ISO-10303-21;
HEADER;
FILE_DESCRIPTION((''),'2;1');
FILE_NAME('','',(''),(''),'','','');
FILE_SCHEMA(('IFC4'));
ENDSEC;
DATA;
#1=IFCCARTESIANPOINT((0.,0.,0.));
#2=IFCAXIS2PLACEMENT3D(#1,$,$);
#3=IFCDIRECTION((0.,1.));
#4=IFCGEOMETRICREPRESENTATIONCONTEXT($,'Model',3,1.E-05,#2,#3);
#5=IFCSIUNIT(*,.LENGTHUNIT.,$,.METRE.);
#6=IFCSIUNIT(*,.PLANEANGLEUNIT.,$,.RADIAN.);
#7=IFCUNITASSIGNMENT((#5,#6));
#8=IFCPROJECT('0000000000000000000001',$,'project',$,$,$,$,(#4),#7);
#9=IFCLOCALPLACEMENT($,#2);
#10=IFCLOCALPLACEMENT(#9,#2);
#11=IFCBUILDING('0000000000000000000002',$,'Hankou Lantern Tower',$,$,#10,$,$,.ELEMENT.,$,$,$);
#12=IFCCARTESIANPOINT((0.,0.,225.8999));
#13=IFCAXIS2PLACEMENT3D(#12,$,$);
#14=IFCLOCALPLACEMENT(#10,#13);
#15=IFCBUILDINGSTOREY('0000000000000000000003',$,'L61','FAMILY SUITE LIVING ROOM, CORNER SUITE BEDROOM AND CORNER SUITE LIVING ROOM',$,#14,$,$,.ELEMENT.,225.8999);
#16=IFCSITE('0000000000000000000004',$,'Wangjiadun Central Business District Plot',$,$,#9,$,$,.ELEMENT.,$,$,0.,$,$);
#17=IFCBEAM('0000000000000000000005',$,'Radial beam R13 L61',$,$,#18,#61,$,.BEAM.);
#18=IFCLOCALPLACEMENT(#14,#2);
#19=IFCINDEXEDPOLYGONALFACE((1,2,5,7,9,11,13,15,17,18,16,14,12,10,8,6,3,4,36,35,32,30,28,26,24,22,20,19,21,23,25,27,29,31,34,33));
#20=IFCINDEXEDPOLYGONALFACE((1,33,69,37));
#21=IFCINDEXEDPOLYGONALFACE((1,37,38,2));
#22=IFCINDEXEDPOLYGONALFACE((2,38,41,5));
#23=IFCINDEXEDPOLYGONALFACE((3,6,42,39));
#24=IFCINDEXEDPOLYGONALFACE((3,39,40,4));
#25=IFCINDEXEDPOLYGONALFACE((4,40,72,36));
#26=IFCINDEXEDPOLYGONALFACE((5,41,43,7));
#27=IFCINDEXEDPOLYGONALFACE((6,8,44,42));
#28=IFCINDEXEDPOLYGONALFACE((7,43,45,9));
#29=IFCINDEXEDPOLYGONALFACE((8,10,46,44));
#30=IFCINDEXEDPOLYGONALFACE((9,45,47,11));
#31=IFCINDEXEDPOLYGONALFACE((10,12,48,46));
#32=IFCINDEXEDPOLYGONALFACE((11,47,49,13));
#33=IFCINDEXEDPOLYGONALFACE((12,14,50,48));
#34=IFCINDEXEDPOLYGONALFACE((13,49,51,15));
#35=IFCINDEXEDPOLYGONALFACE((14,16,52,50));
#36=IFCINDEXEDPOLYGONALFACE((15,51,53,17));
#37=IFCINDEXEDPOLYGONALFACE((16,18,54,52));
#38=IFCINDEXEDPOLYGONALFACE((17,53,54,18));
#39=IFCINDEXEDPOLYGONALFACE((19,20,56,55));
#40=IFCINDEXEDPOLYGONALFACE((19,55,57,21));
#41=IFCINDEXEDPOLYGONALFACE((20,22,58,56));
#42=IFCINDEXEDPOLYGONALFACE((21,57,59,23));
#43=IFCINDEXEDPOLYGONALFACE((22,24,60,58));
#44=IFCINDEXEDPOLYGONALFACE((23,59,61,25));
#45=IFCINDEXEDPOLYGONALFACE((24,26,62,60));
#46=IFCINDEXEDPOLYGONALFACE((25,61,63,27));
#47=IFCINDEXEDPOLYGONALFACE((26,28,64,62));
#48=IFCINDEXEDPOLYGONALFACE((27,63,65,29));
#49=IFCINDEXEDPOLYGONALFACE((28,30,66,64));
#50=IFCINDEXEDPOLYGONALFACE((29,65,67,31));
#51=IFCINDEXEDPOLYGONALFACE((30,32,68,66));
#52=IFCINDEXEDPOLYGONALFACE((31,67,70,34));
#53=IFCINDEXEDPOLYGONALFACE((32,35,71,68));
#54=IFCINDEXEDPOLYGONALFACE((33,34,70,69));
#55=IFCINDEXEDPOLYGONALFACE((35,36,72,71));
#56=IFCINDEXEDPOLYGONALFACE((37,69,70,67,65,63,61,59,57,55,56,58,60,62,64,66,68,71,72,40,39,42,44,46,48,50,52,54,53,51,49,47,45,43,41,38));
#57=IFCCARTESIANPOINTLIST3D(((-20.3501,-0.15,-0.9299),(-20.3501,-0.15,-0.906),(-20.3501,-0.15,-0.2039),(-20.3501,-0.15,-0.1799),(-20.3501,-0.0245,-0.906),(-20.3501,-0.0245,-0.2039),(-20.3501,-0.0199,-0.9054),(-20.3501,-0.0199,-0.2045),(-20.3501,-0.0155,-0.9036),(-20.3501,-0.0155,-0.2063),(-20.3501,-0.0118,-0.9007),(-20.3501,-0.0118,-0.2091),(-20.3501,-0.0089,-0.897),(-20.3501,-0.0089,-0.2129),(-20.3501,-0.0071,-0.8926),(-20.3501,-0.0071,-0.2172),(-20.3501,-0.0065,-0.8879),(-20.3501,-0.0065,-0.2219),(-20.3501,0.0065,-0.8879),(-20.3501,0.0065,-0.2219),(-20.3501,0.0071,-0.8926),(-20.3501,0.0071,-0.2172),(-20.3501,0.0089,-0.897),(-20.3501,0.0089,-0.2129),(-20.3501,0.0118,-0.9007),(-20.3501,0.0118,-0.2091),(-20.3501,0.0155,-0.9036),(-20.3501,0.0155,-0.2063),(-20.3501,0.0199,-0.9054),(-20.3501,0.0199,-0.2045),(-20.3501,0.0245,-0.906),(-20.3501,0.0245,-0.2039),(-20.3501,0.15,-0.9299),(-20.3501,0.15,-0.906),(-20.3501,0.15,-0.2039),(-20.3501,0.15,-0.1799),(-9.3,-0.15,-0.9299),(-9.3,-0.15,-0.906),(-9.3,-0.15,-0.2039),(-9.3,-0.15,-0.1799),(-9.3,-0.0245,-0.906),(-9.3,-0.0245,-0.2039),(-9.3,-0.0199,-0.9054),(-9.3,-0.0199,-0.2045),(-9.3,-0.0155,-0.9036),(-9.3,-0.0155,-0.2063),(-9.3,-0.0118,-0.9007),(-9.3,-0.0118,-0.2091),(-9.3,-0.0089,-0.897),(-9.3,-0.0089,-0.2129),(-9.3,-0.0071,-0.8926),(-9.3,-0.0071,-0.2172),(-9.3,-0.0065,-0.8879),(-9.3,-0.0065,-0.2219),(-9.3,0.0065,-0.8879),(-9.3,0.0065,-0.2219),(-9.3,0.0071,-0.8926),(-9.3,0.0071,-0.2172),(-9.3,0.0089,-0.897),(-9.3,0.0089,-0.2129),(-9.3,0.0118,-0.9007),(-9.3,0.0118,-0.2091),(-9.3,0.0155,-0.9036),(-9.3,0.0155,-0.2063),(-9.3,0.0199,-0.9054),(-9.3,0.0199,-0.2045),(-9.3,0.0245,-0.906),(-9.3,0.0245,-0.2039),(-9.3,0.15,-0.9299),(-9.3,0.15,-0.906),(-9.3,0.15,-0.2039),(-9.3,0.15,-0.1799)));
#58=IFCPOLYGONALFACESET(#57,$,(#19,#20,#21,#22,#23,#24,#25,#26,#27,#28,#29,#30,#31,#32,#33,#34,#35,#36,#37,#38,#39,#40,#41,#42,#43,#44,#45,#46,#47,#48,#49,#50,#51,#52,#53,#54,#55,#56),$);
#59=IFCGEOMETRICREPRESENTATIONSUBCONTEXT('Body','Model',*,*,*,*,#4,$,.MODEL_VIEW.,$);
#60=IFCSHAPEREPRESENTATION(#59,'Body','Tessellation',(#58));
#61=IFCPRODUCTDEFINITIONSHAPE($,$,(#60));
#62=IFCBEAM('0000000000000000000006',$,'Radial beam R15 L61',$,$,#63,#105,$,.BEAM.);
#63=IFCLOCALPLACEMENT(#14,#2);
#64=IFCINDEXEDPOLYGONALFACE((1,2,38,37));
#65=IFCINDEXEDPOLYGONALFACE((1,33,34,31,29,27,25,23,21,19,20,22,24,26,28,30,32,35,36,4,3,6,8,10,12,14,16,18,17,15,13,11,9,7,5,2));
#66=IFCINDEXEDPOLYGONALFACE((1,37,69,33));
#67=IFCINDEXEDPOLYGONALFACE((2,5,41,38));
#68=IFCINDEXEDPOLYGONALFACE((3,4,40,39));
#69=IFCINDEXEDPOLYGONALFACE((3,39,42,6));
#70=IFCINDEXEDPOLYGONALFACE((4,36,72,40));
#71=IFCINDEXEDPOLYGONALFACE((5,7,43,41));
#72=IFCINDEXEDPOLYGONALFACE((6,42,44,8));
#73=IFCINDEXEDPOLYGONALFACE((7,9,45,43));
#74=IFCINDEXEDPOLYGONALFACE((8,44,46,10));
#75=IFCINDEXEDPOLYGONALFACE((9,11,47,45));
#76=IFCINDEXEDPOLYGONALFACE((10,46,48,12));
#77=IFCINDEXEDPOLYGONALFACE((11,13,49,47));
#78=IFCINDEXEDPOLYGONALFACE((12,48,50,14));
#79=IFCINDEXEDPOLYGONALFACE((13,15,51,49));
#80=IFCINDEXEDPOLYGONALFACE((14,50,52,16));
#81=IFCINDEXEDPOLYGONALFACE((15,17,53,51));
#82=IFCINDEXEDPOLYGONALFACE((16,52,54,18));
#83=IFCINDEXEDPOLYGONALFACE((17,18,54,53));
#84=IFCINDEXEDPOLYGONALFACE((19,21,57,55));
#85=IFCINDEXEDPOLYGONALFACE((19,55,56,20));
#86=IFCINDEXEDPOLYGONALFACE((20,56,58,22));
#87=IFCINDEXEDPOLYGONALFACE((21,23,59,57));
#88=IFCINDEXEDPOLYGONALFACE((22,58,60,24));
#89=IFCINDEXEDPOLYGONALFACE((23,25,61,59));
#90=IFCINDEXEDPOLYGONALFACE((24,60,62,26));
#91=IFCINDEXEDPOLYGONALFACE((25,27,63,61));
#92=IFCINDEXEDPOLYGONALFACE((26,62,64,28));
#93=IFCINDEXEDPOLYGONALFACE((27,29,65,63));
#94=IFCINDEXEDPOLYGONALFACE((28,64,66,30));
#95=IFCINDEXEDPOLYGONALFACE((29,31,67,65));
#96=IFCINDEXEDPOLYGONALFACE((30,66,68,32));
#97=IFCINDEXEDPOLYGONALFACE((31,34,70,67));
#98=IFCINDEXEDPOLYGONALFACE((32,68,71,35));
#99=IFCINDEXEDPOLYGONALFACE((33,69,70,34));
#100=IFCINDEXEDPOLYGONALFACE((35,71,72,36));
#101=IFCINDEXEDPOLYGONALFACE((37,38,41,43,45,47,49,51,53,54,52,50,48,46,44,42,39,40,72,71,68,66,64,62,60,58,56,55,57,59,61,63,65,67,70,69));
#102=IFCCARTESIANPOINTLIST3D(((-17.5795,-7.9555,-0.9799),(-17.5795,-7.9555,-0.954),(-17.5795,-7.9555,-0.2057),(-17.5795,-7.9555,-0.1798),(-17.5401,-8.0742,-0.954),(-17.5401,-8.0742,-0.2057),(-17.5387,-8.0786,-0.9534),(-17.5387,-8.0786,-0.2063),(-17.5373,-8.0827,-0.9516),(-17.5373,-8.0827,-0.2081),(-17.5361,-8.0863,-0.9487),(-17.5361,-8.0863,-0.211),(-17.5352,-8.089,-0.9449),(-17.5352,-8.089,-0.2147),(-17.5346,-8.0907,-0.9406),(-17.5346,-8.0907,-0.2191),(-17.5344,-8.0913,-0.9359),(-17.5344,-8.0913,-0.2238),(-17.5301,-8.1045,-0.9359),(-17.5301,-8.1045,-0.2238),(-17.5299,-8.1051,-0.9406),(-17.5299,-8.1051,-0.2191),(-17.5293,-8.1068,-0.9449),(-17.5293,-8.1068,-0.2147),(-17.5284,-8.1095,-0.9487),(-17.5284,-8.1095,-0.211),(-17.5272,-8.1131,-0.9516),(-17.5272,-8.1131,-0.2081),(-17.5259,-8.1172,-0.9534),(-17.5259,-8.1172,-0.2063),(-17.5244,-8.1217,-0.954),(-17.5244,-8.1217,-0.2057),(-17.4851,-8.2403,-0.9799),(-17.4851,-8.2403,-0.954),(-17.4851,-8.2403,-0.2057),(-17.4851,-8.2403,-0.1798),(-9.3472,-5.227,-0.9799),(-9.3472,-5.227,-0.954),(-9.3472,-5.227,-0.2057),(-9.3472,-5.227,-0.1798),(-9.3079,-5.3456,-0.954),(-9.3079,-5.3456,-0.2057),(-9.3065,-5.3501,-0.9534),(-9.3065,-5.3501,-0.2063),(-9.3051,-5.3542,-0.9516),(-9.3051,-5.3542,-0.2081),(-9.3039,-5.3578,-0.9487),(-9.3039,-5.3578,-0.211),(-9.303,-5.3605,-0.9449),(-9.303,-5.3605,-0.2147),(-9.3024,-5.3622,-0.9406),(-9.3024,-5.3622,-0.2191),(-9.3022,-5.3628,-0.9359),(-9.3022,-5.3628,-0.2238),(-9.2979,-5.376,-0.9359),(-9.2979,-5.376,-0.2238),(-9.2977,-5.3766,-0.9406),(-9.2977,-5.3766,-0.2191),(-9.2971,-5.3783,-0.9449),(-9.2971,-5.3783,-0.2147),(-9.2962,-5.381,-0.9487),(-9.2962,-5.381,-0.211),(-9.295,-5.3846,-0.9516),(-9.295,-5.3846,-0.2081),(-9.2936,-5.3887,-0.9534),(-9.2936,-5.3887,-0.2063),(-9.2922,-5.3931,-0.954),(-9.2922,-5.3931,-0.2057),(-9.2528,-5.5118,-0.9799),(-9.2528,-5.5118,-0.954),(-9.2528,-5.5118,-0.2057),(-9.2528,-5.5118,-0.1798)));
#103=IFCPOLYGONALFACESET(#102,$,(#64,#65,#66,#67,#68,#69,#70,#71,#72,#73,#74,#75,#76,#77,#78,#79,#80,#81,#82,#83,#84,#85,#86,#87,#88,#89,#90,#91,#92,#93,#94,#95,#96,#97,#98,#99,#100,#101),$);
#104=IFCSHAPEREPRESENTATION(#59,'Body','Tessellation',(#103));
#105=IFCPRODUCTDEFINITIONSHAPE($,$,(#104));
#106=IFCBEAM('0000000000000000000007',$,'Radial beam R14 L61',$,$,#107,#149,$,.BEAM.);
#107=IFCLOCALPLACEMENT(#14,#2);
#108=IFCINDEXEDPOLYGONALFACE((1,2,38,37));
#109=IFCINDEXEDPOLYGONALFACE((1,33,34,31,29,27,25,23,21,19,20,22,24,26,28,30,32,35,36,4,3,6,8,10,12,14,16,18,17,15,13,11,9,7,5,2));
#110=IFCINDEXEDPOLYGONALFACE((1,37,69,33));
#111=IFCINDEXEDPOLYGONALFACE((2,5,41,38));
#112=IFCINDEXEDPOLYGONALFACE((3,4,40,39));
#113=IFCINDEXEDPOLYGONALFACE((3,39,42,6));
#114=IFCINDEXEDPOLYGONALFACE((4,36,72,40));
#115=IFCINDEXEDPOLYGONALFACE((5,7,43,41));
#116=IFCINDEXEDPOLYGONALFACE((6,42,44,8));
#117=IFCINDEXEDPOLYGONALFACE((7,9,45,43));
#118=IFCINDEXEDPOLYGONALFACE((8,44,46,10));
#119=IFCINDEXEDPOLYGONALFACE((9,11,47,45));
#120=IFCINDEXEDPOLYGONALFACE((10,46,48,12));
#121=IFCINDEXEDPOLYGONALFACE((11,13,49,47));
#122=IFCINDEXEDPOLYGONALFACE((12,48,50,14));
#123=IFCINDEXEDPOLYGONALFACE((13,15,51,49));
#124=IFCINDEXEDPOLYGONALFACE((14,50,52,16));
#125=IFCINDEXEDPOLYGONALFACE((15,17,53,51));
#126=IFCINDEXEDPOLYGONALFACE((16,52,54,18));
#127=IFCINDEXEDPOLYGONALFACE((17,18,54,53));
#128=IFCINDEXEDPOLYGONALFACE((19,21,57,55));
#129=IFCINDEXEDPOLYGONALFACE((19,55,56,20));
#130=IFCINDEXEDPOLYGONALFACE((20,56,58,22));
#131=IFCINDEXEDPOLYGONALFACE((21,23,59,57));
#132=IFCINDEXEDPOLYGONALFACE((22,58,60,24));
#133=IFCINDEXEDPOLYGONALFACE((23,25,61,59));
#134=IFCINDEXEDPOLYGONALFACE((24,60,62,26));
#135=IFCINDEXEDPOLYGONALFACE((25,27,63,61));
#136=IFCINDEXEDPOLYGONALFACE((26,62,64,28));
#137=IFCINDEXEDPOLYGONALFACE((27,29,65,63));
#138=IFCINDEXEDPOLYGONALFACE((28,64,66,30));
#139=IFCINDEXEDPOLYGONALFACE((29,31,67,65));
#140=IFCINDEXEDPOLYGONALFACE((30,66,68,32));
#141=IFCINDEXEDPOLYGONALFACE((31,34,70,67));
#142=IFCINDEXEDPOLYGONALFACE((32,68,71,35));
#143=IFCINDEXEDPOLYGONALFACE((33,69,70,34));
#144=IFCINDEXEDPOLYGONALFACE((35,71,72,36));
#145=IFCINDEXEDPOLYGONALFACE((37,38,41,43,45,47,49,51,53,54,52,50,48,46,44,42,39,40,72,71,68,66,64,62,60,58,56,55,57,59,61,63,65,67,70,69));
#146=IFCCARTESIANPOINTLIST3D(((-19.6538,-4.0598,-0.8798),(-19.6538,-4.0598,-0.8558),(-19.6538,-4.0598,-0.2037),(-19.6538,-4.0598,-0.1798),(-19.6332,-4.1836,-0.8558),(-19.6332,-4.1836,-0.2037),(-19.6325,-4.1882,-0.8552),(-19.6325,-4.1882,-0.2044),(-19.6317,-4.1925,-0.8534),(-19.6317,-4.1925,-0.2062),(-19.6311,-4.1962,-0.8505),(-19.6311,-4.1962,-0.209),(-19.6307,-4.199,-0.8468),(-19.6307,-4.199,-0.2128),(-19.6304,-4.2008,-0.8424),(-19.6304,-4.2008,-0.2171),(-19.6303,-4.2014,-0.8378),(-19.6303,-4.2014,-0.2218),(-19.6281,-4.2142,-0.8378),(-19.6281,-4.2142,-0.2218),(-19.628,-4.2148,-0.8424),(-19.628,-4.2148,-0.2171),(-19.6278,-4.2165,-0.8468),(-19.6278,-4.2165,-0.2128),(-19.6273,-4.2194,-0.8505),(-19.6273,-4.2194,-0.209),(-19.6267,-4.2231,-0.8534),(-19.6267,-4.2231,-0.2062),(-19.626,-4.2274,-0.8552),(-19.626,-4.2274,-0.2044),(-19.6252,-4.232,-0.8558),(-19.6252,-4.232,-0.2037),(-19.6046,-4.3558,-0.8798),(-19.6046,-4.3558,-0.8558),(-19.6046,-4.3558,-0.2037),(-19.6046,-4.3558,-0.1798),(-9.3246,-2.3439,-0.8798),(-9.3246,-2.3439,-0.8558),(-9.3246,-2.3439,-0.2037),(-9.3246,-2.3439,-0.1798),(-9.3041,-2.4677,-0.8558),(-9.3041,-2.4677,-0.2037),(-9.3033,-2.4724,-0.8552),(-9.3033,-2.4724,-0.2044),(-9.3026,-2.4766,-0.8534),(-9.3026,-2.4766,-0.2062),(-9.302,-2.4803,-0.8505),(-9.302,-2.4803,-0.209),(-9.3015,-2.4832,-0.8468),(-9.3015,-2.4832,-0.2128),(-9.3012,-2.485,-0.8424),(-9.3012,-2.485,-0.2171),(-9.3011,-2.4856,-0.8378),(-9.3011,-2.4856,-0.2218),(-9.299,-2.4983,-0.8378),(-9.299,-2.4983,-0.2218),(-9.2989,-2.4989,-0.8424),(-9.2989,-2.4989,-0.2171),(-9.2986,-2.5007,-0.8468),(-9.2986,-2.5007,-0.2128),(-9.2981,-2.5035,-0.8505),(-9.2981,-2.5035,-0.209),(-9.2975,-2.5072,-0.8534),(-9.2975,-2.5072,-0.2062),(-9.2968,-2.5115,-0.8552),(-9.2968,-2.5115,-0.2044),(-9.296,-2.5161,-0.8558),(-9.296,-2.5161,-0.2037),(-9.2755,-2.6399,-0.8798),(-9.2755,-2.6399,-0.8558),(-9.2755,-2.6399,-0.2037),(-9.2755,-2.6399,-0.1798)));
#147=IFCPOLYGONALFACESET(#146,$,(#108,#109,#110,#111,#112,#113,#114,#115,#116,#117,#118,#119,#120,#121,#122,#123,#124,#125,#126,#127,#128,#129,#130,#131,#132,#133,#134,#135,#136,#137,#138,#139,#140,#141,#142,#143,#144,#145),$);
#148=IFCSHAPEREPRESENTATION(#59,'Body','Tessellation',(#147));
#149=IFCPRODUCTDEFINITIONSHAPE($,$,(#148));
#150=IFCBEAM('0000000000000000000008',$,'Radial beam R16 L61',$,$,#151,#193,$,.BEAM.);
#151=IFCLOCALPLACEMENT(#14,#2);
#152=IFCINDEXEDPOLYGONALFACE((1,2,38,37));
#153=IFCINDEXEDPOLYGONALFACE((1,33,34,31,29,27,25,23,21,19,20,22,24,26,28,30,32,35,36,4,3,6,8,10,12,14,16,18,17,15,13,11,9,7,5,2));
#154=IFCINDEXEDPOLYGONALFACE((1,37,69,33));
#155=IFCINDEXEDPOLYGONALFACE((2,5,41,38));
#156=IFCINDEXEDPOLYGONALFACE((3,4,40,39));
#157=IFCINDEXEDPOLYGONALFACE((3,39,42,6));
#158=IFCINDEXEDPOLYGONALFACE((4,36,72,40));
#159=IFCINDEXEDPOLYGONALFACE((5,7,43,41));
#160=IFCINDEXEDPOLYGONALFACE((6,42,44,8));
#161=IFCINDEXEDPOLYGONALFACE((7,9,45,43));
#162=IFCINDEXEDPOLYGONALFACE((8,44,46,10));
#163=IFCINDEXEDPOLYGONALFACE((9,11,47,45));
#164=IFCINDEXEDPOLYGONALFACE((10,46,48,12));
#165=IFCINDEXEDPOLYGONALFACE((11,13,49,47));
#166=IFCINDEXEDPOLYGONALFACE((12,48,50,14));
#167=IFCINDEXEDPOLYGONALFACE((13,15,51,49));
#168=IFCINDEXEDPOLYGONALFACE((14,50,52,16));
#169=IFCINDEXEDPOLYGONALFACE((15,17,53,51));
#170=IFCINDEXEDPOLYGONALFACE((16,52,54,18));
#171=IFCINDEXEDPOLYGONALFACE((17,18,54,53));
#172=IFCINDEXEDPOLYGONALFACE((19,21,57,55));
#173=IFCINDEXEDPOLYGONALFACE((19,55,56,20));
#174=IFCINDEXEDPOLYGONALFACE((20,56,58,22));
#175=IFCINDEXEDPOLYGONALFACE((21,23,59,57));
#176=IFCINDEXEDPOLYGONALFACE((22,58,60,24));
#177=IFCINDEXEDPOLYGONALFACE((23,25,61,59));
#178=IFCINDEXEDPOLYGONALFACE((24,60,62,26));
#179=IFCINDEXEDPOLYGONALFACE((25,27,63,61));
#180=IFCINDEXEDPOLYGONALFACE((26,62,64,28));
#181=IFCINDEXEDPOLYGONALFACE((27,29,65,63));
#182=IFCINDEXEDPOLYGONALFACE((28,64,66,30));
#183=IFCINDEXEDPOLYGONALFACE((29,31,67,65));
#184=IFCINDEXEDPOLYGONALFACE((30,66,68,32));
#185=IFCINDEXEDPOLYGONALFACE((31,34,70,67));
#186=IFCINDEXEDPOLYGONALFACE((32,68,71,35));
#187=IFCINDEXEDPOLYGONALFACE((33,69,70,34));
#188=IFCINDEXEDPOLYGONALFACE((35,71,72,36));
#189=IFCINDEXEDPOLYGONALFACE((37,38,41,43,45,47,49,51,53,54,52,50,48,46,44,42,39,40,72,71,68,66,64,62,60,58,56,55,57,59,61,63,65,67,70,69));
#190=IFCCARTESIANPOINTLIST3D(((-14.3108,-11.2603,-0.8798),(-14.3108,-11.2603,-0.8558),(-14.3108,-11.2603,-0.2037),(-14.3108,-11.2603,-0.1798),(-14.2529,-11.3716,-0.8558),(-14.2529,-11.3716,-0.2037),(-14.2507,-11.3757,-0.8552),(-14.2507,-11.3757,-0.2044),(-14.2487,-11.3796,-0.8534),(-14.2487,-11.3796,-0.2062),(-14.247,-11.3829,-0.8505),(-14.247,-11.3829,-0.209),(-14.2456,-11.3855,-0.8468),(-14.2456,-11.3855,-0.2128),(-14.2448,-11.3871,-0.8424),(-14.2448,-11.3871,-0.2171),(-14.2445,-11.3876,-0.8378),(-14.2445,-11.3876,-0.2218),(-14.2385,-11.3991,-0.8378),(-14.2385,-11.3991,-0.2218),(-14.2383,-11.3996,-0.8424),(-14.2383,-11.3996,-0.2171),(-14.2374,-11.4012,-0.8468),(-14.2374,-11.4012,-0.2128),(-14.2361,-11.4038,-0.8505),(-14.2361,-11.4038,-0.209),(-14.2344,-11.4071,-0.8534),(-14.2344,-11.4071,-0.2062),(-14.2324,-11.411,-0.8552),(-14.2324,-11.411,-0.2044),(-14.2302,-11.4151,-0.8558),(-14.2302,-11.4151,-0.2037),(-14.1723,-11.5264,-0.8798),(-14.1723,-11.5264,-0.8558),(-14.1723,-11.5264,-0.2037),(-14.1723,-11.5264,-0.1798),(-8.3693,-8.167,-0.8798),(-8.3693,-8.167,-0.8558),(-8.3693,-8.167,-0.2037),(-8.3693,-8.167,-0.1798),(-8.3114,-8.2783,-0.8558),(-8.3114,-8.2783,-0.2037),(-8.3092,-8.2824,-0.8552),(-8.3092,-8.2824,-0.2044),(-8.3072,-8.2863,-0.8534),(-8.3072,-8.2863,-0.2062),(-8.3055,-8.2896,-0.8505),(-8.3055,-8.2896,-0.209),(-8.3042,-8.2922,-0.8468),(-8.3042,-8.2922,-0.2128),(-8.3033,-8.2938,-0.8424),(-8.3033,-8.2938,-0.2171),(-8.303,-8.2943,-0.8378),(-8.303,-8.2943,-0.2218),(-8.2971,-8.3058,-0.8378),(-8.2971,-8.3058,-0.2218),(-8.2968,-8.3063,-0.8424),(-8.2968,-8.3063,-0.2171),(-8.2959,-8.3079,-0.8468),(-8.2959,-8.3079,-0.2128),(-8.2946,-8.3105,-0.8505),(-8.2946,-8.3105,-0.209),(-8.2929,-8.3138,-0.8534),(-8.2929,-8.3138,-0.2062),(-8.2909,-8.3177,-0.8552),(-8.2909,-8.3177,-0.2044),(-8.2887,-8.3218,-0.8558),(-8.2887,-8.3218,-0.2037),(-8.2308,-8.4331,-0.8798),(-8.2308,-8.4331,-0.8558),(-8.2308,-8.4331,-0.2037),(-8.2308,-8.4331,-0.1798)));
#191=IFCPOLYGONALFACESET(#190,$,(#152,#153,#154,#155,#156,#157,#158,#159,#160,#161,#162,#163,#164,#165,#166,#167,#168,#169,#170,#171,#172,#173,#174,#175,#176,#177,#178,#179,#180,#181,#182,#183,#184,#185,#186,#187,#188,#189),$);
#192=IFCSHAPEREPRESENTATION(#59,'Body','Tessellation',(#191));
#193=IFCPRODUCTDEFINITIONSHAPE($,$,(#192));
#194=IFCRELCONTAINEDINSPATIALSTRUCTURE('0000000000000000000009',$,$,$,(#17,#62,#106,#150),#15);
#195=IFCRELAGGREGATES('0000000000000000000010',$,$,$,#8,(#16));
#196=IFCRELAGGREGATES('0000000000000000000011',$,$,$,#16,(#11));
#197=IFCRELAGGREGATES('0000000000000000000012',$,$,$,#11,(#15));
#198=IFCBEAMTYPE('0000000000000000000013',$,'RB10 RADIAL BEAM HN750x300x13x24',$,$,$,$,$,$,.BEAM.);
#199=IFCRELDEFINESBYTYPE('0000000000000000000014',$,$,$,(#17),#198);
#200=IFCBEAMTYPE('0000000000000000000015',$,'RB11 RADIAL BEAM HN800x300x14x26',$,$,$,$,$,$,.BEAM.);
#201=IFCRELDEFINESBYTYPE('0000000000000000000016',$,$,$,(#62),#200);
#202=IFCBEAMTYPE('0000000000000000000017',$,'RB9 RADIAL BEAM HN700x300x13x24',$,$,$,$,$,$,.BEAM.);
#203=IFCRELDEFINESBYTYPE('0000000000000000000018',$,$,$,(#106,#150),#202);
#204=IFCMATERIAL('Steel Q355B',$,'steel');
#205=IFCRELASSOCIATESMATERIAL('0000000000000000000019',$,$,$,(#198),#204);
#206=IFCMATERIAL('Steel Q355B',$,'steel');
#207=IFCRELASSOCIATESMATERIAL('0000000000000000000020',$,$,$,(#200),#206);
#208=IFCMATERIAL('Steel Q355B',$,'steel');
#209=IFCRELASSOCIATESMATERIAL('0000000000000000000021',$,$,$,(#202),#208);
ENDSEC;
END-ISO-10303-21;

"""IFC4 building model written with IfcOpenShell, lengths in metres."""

from ifc_helpers import new_model, si_unit, direction, frame, origin, origin_2d, place, context, subcontext, project, spatial, i_section, extrude, material, material_profile, profile_set, type_object, element, save


model = new_model("IFC4")

# Units and contexts
model_context = context("Model", 3, precision=1e-05, world=origin(), true_north=direction((0.0, 1.0)))
body_context = subcontext(model_context, "Body", "Model", "MODEL_VIEW")
ifc_project = project(units=[si_unit("LENGTHUNIT", "METRE"), si_unit("PLANEANGLEUNIT", "RADIAN")], contexts=[model_context])

# Site, building, storey
site_placement = place(None, origin())
site = spatial("IfcSite", under=ifc_project, at=site_placement, Name="Wangjiadun Central Business District Plot", CompositionType="ELEMENT", RefElevation=0.0)
building_placement = place(site_placement, origin())
building = spatial("IfcBuilding", under=site, at=building_placement, Name="Hankou Lantern Tower", CompositionType="ELEMENT")
storey_placement = place(building_placement, frame((0.0, 0.0, 225.8999)))
storey = spatial("IfcBuildingStorey", under=building, at=storey_placement, Name="L61", Description="FAMILY SUITE LIVING ROOM, CORNER SUITE BEDROOM AND CORNER SUITE LIVING ROOM", CompositionType="ELEMENT", Elevation=225.8999)

# Beams
ifc_material_1 = material(Name="Steel Q355B", Category="steel")
ifc_material_profile_1 = material_profile(ifc_material_1, i_section(OverallWidth=0.3, OverallDepth=0.75, WebThickness=0.0129, FlangeThickness=0.0239, FilletRadius=0.0181, at=origin_2d()), Name="HN750x300x13x24")
ifc_profile_set_1 = profile_set([ifc_material_profile_1], Name="Steel Q355B")
beam_type_1 = type_object("IfcBeamType", Name="RB10 RADIAL BEAM HN750x300x13x24", PredefinedType="BEAM", material=ifc_profile_set_1)
beam_1_placement = place(storey_placement, frame((-9.3, 0.0, -0.5549), z_axis=(-1.0, 0.0, 0.0), x_axis=(0.0, -1.0, 0.0)))
element("IfcBeam", 1, at=beam_1_placement, inside=storey, type_object=beam_type_1, Name="Radial beam R13 L61", PredefinedType="BEAM", context=body_context, shape_type="SweptSolid", body=[
    extrude(i_section(OverallWidth=0.3, OverallDepth=0.75, WebThickness=0.0129, FlangeThickness=0.0239, FilletRadius=0.0181, at=origin_2d()), origin(), (0.0, 0.0, 1.0), 11.05),
])
ifc_material_2 = material(Name="Steel Q355B", Category="steel")
ifc_material_profile_2 = material_profile(ifc_material_2, i_section(OverallWidth=0.3, OverallDepth=0.8, WebThickness=0.0139, FlangeThickness=0.0259, FilletRadius=0.0181, at=origin_2d()), Name="HN800x300x14x26")
ifc_profile_set_2 = profile_set([ifc_material_profile_2], Name="Steel Q355B")
beam_type_2 = type_object("IfcBeamType", Name="RB11 RADIAL BEAM HN800x300x14x26", PredefinedType="BEAM", material=ifc_profile_set_2)
beam_2_placement = place(storey_placement, frame((-9.3, -5.3694, -0.5798), z_axis=(-0.94922, -0.314614, 0.0), x_axis=(0.314614, -0.94922, 0.0)))
element("IfcBeam", 2, at=beam_2_placement, inside=storey, type_object=beam_type_2, Name="Radial beam R15 L61", PredefinedType="BEAM", context=body_context, shape_type="SweptSolid", body=[
    extrude(i_section(OverallWidth=0.3, OverallDepth=0.8, WebThickness=0.0139, FlangeThickness=0.0259, FilletRadius=0.0181, at=origin_2d()), origin(), (0.0, 0.0, 1.0), 8.6726),
])
ifc_material_3 = material(Name="Steel Q355B", Category="steel")
ifc_material_profile_3 = material_profile(ifc_material_3, i_section(OverallWidth=0.3, OverallDepth=0.7, WebThickness=0.0129, FlangeThickness=0.0239, FilletRadius=0.0181, at=origin_2d()), Name="HN700x300x13x24")
ifc_profile_set_3 = profile_set([ifc_material_profile_3], Name="Steel Q355B")
beam_type_3 = type_object("IfcBeamType", Name="RB9 RADIAL BEAM HN700x300x13x24", PredefinedType="BEAM", material=ifc_profile_set_3)
beam_3_placement = place(storey_placement, frame((-9.3, -2.4919, -0.5298), z_axis=(-0.986482, -0.16387, 0.0), x_axis=(0.16387, -0.986482, 0.0)))
element("IfcBeam", 3, at=beam_3_placement, inside=storey, type_object=beam_type_3, Name="Radial beam R14 L61", PredefinedType="BEAM", context=body_context, shape_type="SweptSolid", body=[
    extrude(i_section(OverallWidth=0.3, OverallDepth=0.7, WebThickness=0.0129, FlangeThickness=0.0239, FilletRadius=0.0181, at=origin_2d()), origin(), (0.0, 0.0, 1.0), 10.4707),
])
beam_4_placement = place(storey_placement, frame((-8.3, -8.3, -0.5298), z_axis=(-0.886989, -0.461791, 0.0), x_axis=(0.461791, -0.886989, 0.0)))
element("IfcBeam", 4, at=beam_4_placement, inside=storey, type_object=beam_type_3, Name="Radial beam R16 L61", PredefinedType="BEAM", context=body_context, shape_type="SweptSolid", body=[
    extrude(i_section(OverallWidth=0.3, OverallDepth=0.7, WebThickness=0.0129, FlangeThickness=0.0239, FilletRadius=0.0181, at=origin_2d()), origin(), (0.0, 0.0, 1.0), 6.6985),
])

save(model, "model.ifc")
